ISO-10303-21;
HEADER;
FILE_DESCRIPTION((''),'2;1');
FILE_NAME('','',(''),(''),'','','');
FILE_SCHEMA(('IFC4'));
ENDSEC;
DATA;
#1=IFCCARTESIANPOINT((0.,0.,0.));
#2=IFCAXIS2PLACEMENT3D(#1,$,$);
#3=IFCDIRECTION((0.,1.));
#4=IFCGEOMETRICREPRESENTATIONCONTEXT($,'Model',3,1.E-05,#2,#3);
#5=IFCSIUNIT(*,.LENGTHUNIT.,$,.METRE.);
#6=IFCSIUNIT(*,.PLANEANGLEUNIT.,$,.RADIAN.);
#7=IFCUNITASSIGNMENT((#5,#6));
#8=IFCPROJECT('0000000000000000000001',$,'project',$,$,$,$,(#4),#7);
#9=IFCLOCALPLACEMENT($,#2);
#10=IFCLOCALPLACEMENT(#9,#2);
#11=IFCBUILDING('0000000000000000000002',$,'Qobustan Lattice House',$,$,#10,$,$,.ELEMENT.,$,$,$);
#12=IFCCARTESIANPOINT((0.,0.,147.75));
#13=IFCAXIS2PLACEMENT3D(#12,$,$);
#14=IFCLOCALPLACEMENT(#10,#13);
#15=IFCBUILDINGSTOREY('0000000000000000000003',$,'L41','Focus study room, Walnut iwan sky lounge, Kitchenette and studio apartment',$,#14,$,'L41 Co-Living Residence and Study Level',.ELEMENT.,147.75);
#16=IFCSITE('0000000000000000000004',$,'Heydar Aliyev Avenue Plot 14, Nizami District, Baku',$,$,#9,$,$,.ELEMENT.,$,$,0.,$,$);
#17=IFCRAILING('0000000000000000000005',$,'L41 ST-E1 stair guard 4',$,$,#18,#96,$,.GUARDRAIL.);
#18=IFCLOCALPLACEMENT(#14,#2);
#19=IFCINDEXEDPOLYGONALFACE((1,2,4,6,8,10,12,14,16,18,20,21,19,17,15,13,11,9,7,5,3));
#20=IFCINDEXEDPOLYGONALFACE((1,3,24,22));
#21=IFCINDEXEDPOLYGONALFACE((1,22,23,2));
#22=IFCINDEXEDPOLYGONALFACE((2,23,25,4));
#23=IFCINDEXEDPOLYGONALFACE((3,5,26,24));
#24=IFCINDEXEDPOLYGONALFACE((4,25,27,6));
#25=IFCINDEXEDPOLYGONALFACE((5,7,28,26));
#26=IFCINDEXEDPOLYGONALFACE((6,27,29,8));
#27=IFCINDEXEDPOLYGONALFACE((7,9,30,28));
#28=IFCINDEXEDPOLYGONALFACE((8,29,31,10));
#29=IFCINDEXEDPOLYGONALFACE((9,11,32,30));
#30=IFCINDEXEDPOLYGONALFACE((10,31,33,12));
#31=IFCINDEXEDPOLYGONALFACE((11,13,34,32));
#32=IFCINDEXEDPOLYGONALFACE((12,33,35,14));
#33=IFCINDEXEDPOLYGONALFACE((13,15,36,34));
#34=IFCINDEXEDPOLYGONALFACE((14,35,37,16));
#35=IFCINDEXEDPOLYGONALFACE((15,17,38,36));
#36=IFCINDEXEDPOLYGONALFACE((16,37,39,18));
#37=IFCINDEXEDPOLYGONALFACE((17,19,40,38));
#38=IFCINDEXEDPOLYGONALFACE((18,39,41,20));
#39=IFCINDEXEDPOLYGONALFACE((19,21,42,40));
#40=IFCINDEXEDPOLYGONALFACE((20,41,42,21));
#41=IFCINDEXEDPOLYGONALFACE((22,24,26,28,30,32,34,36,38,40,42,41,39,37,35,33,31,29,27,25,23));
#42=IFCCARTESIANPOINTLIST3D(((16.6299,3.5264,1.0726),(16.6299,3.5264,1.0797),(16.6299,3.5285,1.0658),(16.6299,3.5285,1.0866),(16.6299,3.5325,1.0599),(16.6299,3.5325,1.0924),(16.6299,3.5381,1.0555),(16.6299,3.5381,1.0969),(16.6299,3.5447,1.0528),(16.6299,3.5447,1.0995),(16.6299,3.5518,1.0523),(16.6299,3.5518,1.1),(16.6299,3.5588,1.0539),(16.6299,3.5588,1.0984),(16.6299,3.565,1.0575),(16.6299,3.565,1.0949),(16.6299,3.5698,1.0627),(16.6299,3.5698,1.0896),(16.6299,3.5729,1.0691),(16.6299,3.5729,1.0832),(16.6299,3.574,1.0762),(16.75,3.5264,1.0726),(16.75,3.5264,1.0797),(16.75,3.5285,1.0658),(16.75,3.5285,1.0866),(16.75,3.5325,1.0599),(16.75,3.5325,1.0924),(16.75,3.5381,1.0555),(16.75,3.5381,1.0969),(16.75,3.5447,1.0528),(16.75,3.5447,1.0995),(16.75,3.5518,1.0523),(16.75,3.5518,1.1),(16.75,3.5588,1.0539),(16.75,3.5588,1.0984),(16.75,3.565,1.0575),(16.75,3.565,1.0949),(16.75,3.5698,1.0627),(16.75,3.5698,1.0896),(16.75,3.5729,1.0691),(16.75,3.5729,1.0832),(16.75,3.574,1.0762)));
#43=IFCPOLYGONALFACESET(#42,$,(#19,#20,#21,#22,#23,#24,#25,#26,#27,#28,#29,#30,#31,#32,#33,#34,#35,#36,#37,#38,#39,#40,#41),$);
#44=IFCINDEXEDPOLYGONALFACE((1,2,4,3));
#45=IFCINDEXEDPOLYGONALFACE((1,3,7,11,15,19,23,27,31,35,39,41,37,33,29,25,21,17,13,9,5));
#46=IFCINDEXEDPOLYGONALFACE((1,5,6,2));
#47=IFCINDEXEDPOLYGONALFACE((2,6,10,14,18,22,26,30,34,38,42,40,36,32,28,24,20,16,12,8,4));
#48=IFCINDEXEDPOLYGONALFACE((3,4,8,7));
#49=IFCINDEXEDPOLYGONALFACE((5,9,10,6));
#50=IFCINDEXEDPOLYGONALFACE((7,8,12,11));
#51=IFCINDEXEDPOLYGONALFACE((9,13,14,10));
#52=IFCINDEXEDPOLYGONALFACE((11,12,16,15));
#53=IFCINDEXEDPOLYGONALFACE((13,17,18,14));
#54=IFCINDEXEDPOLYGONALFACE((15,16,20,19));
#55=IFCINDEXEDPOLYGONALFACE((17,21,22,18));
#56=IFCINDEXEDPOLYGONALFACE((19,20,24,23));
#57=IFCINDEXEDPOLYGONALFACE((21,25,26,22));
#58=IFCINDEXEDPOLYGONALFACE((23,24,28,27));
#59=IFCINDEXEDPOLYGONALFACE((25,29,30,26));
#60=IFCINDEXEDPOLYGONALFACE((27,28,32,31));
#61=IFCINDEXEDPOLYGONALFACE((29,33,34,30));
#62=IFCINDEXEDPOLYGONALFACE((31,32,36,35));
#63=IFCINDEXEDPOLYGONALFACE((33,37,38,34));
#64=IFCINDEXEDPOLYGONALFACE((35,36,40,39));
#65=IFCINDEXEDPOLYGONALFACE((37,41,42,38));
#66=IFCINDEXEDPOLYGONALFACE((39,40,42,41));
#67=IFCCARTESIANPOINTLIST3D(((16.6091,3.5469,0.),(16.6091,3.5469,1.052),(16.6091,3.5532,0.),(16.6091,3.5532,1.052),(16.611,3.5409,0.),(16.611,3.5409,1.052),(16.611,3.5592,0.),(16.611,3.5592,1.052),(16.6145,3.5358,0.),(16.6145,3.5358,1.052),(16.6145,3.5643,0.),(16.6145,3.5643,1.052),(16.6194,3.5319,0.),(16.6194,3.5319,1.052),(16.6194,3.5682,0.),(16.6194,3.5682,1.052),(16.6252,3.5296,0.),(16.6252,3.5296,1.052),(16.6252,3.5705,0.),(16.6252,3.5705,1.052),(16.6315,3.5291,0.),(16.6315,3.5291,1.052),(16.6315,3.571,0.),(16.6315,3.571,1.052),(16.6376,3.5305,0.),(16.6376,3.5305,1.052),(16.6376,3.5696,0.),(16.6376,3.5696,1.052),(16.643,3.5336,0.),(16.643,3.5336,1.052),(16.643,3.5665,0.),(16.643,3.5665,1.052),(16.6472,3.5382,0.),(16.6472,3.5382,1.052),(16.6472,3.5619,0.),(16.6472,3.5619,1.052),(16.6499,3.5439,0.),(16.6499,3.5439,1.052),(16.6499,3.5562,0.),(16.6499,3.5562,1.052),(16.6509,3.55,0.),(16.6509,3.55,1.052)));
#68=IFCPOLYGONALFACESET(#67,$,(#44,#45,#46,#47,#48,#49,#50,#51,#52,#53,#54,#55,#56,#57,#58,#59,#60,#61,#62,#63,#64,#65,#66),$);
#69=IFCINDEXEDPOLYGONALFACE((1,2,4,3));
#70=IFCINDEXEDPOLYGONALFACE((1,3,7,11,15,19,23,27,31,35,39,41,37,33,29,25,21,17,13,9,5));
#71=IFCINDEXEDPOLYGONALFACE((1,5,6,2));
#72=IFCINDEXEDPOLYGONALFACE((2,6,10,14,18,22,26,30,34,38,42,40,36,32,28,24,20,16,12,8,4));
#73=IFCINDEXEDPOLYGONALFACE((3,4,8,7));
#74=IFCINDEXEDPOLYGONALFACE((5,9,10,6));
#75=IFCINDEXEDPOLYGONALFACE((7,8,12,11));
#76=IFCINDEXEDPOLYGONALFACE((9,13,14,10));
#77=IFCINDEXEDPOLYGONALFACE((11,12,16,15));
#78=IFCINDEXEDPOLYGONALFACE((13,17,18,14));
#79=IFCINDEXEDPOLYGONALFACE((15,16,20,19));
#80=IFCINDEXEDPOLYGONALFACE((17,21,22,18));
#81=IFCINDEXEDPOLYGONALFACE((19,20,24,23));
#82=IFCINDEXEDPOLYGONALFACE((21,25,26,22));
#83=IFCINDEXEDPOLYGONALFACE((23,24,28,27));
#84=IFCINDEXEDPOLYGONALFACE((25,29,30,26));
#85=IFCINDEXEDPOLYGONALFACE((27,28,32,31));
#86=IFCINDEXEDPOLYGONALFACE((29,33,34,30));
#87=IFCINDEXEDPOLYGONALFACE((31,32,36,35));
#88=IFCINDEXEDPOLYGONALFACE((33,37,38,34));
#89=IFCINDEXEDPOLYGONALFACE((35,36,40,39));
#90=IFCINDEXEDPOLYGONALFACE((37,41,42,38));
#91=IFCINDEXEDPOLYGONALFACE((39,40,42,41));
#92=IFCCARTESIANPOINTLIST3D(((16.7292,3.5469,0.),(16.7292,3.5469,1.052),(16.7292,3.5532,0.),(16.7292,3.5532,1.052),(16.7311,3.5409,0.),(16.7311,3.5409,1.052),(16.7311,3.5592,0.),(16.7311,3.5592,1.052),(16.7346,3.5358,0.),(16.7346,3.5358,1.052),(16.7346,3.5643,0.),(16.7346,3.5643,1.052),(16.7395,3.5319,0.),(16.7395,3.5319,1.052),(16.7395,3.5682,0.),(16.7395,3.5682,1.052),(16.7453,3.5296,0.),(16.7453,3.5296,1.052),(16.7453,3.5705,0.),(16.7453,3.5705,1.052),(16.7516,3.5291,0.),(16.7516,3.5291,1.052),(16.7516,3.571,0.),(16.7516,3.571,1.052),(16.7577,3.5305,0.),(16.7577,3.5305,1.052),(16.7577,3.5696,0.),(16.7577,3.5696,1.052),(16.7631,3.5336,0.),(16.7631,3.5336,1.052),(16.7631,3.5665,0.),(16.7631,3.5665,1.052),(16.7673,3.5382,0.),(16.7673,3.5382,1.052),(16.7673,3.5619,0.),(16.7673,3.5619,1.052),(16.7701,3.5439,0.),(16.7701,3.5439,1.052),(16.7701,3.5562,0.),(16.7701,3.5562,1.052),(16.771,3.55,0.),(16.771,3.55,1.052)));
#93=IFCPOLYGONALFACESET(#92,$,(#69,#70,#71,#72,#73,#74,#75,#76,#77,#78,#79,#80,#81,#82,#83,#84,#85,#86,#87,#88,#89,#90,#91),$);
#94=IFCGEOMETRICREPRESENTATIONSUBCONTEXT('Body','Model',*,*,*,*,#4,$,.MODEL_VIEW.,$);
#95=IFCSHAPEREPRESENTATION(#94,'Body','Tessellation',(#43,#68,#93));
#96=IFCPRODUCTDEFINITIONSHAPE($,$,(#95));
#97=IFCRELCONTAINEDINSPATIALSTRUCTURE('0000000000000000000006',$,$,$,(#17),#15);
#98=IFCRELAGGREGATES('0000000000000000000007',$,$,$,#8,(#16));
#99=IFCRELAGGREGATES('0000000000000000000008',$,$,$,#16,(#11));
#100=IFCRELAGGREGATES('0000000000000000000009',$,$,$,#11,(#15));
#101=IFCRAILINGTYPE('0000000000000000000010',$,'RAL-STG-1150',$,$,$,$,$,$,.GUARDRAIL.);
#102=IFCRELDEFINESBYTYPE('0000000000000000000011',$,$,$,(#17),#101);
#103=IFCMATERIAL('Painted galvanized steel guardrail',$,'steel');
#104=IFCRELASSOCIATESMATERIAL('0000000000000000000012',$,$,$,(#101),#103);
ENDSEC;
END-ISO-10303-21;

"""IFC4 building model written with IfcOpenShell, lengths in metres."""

from ifc_helpers import new_model, si_unit, direction, frame, origin, origin_2d, place, context, subcontext, project, spatial, circle, extrude, material, type_object, element, save


model = new_model("IFC4")

# Units and contexts
model_context = context("Model", 3, precision=1e-05, world=origin(), true_north=direction((0.0, 1.0)))
body_context = subcontext(model_context, "Body", "Model", "MODEL_VIEW")
ifc_project = project(units=[si_unit("LENGTHUNIT", "METRE"), si_unit("PLANEANGLEUNIT", "RADIAN")], contexts=[model_context])

# Site, building, storey
site_placement = place(None, origin())
site = spatial("IfcSite", under=ifc_project, at=site_placement, Name="Heydar Aliyev Avenue Plot 14, Nizami District, Baku", CompositionType="ELEMENT", RefElevation=0.0)
building_placement = place(site_placement, origin())
building = spatial("IfcBuilding", under=site, at=building_placement, Name="Qobustan Lattice House", CompositionType="ELEMENT")
storey_placement = place(building_placement, frame((0.0, 0.0, 147.75)))
storey = spatial("IfcBuildingStorey", under=building, at=storey_placement, Name="L41", Description="Focus study room, Walnut iwan sky lounge, Kitchenette and studio apartment", LongName="L41 Co-Living Residence and Study Level", CompositionType="ELEMENT", Elevation=147.75)

# Railing
ifc_material_1 = material(Name="Painted galvanized steel guardrail", Category="steel")
railing_type_1 = type_object("IfcRailingType", Name="RAL-STG-1150", PredefinedType="GUARDRAIL", material=ifc_material_1)
railing_1_placement = place(storey_placement, frame((16.6299, 3.55, 0.0)))
element("IfcRailing", 1, at=railing_1_placement, inside=storey, type_object=railing_type_1, Name="L41 ST-E1 stair guard 4", PredefinedType="GUARDRAIL", context=body_context, shape_type="SweptSolid", body=[
    extrude(circle(Radius=0.0239, at=origin_2d()), frame((0.0, 0.0, 1.0762), z_axis=(1.0, 0.0, 0.0), x_axis=(0.0, 1.0, 0.0)), (0.0, 0.0, 1.0), 0.1201),
    extrude(circle(Radius=0.021, at=origin_2d()), origin(), (0.0, 0.0, 1.0), 1.052),
    extrude(circle(Radius=0.021, at=origin_2d()), frame((0.1201, 0.0, 0.0)), (0.0, 0.0, 1.0), 1.052),
])

save(model, "model.ifc")
